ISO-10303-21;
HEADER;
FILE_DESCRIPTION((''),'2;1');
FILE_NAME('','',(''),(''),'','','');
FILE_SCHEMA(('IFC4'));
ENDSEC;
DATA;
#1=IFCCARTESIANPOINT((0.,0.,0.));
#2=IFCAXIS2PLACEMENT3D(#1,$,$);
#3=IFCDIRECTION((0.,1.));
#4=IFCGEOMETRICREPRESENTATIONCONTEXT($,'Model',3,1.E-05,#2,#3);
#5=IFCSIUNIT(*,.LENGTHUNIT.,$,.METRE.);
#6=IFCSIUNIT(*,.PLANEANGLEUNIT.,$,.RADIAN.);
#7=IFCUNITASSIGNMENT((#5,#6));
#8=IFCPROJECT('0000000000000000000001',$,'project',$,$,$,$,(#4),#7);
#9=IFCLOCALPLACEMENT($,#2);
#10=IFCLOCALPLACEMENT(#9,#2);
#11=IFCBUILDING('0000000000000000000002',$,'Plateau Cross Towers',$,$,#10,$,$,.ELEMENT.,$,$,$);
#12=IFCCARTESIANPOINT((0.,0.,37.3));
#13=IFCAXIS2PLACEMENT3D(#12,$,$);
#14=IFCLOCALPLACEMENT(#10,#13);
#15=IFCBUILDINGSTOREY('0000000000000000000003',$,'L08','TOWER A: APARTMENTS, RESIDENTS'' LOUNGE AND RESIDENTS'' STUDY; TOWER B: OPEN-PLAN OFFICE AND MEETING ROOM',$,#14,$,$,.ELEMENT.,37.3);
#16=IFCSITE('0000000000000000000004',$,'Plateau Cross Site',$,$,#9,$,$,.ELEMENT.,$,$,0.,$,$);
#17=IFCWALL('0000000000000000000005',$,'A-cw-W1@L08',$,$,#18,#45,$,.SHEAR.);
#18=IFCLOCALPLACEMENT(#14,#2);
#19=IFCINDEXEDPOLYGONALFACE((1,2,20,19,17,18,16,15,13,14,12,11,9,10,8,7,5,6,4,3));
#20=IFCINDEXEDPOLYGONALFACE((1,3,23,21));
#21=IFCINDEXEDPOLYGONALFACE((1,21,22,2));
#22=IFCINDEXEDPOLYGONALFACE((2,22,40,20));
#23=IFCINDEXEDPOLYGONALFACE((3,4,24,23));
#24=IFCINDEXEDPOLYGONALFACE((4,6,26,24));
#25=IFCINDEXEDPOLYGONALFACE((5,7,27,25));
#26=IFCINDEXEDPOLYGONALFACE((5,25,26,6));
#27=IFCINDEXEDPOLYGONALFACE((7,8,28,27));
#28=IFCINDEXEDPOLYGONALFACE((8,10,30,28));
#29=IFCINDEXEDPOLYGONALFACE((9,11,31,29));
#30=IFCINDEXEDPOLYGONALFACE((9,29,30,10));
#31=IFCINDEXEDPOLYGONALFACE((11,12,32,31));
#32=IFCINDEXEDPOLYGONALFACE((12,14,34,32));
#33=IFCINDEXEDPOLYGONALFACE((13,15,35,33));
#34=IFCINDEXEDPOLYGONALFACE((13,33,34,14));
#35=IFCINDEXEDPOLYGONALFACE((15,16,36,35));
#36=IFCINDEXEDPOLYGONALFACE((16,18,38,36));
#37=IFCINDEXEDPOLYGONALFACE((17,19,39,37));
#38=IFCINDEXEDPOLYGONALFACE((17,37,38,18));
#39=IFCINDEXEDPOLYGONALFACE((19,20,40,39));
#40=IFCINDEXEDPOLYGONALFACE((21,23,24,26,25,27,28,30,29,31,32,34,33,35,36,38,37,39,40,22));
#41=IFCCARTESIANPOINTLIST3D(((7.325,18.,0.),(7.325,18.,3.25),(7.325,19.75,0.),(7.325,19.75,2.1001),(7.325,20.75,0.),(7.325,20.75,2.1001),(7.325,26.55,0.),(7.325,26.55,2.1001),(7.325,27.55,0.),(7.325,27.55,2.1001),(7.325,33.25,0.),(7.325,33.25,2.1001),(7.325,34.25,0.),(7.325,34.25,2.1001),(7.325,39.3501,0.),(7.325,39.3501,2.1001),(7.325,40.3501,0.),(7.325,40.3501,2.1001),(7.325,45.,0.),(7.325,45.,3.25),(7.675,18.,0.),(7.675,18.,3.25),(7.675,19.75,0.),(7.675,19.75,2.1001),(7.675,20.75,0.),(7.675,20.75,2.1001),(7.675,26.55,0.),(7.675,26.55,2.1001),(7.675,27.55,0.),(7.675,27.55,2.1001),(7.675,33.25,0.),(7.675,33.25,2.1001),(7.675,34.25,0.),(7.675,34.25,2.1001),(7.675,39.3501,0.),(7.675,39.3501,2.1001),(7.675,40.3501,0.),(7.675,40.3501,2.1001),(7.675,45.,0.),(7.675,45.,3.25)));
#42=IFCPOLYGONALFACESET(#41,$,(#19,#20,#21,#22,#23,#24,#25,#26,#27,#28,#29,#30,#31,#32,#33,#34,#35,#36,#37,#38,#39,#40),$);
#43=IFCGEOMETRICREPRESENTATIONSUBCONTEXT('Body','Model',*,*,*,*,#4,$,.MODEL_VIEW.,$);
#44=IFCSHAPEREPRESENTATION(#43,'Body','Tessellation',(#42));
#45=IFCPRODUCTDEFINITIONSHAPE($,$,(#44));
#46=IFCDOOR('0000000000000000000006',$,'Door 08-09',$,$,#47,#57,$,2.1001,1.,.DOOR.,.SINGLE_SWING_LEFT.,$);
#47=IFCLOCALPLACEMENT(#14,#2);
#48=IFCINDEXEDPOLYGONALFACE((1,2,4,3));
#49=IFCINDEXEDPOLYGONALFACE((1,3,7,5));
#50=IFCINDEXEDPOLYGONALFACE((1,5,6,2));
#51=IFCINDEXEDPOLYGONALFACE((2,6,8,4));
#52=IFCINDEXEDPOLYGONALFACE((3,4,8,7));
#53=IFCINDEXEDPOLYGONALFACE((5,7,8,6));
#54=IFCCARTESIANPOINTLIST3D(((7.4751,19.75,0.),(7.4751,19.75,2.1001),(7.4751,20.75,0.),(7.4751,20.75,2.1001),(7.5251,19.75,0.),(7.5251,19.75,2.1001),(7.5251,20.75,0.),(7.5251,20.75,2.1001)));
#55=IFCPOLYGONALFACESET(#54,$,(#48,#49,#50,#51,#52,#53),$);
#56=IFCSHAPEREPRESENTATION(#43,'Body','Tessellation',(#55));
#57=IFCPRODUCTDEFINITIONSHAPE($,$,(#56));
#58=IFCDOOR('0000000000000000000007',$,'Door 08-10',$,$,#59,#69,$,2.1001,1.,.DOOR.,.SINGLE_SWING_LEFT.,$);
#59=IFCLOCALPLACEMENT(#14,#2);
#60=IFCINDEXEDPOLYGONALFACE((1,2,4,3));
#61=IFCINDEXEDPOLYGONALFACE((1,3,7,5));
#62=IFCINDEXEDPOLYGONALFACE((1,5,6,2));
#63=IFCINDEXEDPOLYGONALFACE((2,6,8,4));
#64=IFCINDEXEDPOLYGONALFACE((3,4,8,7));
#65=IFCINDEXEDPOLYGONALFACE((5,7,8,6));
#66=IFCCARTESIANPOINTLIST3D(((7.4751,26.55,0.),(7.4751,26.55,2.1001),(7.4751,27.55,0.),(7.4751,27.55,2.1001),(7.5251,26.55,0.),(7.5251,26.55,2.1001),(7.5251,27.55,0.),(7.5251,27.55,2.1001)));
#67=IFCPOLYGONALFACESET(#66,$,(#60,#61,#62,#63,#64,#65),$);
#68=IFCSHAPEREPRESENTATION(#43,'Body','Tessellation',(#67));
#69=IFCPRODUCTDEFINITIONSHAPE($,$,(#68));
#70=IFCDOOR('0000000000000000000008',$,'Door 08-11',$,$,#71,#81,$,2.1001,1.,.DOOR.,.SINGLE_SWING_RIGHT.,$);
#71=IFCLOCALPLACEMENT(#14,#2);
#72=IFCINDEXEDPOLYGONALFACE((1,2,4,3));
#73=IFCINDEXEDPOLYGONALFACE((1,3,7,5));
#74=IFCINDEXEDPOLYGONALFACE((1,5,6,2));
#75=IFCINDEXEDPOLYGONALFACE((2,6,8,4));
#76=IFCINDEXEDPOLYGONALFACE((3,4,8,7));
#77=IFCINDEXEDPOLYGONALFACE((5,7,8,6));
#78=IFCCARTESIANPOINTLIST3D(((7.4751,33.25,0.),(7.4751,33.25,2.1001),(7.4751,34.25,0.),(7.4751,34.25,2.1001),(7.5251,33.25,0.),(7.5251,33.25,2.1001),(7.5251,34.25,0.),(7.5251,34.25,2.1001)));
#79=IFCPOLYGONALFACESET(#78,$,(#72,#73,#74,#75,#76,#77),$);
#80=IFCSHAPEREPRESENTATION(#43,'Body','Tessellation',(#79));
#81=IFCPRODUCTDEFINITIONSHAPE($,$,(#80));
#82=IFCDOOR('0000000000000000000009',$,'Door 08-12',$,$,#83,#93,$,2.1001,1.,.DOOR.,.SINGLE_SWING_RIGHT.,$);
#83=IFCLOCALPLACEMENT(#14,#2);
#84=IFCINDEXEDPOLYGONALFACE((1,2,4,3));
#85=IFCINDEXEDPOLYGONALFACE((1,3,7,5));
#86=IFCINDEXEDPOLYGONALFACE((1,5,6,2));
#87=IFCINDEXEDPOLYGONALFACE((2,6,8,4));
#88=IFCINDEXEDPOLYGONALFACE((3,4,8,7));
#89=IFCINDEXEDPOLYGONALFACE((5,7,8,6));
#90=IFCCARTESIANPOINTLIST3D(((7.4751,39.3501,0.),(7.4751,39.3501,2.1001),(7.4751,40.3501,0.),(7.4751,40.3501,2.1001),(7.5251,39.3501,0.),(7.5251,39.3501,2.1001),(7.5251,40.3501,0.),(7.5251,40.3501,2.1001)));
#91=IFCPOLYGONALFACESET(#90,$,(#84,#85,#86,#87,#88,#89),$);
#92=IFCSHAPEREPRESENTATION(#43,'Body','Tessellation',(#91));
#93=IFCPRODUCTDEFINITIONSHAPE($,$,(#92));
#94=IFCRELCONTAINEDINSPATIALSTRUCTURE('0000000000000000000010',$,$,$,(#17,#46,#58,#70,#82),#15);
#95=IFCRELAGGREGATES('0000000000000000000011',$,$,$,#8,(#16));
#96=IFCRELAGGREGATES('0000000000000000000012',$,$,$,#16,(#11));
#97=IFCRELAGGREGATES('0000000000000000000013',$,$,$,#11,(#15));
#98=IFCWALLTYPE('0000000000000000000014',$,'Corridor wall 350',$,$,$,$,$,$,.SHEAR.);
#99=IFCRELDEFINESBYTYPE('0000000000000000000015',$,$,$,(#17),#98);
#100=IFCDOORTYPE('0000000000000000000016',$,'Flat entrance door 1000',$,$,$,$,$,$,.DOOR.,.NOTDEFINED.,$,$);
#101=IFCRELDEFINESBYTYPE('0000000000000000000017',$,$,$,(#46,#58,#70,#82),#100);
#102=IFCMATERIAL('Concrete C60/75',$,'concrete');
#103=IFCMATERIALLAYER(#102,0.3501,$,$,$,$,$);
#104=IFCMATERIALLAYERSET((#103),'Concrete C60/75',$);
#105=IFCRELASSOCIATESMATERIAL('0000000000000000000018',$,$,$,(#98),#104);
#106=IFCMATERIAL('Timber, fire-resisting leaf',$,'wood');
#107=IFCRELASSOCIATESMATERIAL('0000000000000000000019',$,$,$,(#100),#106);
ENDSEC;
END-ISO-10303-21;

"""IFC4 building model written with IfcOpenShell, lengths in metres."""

from ifc_helpers import new_model, si_unit, direction, frame, frame_2d, origin, place, context, subcontext, project, spatial, rectangle, extrude, material, layer, layer_set, type_object, element, fill, save


model = new_model("IFC4")

# Units and contexts
model_context = context("Model", 3, precision=1e-05, world=origin(), true_north=direction((0.0, 1.0)))
body_context = subcontext(model_context, "Body", "Model", "MODEL_VIEW")
ifc_project = project(units=[si_unit("LENGTHUNIT", "METRE"), si_unit("PLANEANGLEUNIT", "RADIAN")], contexts=[model_context])

# Site, building, storey
site_placement = place(None, origin())
site = spatial("IfcSite", under=ifc_project, at=site_placement, Name="Plateau Cross Site", CompositionType="ELEMENT", RefElevation=0.0)
building_placement = place(site_placement, origin())
building = spatial("IfcBuilding", under=site, at=building_placement, Name="Plateau Cross Towers", CompositionType="ELEMENT")
storey_placement = place(building_placement, frame((0.0, 0.0, 37.3)))
storey = spatial("IfcBuildingStorey", under=building, at=storey_placement, Name="L08", Description="TOWER A: APARTMENTS, RESIDENTS' LOUNGE AND RESIDENTS' STUDY; TOWER B: OPEN-PLAN OFFICE AND MEETING ROOM", CompositionType="ELEMENT", Elevation=37.3)

# Shared definitions
ifc_material_1 = material(Name="Concrete C60/75", Category="concrete")

# Shared definitions
ifc_material_2 = material(Name="Timber, fire-resisting leaf", Category="wood")

# Wall, openings, doors
ifc_layer_1 = layer(ifc_material_1, 0.3501)
ifc_layer_set_1 = layer_set([ifc_layer_1], Name="Concrete C60/75")
wall_type_1 = type_object("IfcWallType", Name="Corridor wall 350", PredefinedType="SHEAR", material=ifc_layer_set_1)
wall_1_placement = place(storey_placement, frame((7.5, 18.0, 0.0), z_axis=(0.0, 0.0, 1.0), x_axis=(0.0, 1.0, 0.0)))
wall_1 = element("IfcWall", 1, at=wall_1_placement, inside=storey, type_object=wall_type_1, Name="A-cw-W1@L08", PredefinedType="SHEAR", context=body_context, shape_type="SweptSolid", body=[
    extrude(rectangle(XDim=27.0, YDim=0.3501, at=frame_2d((13.5, 0.0))), origin(), (0.0, 0.0, 1.0), 3.25),
])
opening_1_placement = place(wall_1_placement, frame((1.75, 0.0, 0.0)))
opening_1 = element("IfcOpeningElement", 2, at=opening_1_placement, cuts=wall_1, PredefinedType="OPENING", context=body_context, shape_type="SweptSolid", body=[
    extrude(rectangle(XDim=1.0, YDim=2.1001, at=frame_2d((0.5, 1.05))), frame((0.0, 0.1851, 0.0), z_axis=(0.0, -1.0, 0.0), x_axis=(1.0, 0.0, 0.0)), (0.0, 0.0, 1.0), 0.3701),
])
opening_2_placement = place(wall_1_placement, frame((8.55, 0.0, 0.0)))
opening_2 = element("IfcOpeningElement", 3, at=opening_2_placement, cuts=wall_1, PredefinedType="OPENING", context=body_context, shape_type="SweptSolid", body=[
    extrude(rectangle(XDim=1.0, YDim=2.1001, at=frame_2d((0.5, 1.05))), frame((0.0, 0.1851, 0.0), z_axis=(0.0, -1.0, 0.0), x_axis=(1.0, 0.0, 0.0)), (0.0, 0.0, 1.0), 0.3701),
])
opening_3_placement = place(wall_1_placement, frame((15.25, 0.0, 0.0)))
opening_3 = element("IfcOpeningElement", 4, at=opening_3_placement, cuts=wall_1, PredefinedType="OPENING", context=body_context, shape_type="SweptSolid", body=[
    extrude(rectangle(XDim=1.0, YDim=2.1001, at=frame_2d((0.5, 1.05))), frame((0.0, 0.1851, 0.0), z_axis=(0.0, -1.0, 0.0), x_axis=(1.0, 0.0, 0.0)), (0.0, 0.0, 1.0), 0.3701),
])
opening_4_placement = place(wall_1_placement, frame((21.3501, 0.0, 0.0)))
opening_4 = element("IfcOpeningElement", 5, at=opening_4_placement, cuts=wall_1, PredefinedType="OPENING", context=body_context, shape_type="SweptSolid", body=[
    extrude(rectangle(XDim=1.0, YDim=2.1001, at=frame_2d((0.5, 1.05))), frame((0.0, 0.1851, 0.0), z_axis=(0.0, -1.0, 0.0), x_axis=(1.0, 0.0, 0.0)), (0.0, 0.0, 1.0), 0.3701),
])
door_type_1 = type_object("IfcDoorType", Name="Flat entrance door 1000", OperationType="NOTDEFINED", PredefinedType="DOOR", material=ifc_material_2)
door_1_placement = place(opening_1_placement, origin())
door_1 = element("IfcDoor", 6, at=door_1_placement, inside=storey, type_object=door_type_1, Name="Door 08-09", OperationType="SINGLE_SWING_LEFT", OverallHeight=2.1001, OverallWidth=1.0, PredefinedType="DOOR", context=body_context, shape_type="SweptSolid", body=[
    extrude(rectangle(XDim=1.0, YDim=2.1001, at=frame_2d((0.5, 1.05))), frame((0.0, 0.0249, 0.0), z_axis=(0.0, -1.0, 0.0), x_axis=(1.0, 0.0, 0.0)), (0.0, 0.0, 1.0), 0.05),
])
fill(opening_1, door_1)
door_2_placement = place(opening_2_placement, origin())
door_2 = element("IfcDoor", 7, at=door_2_placement, inside=storey, type_object=door_type_1, Name="Door 08-10", OperationType="SINGLE_SWING_LEFT", OverallHeight=2.1001, OverallWidth=1.0, PredefinedType="DOOR", context=body_context, shape_type="SweptSolid", body=[
    extrude(rectangle(XDim=1.0, YDim=2.1001, at=frame_2d((0.5, 1.05))), frame((0.0, 0.0249, 0.0), z_axis=(0.0, -1.0, 0.0), x_axis=(1.0, 0.0, 0.0)), (0.0, 0.0, 1.0), 0.05),
])
fill(opening_2, door_2)
door_3_placement = place(opening_3_placement, origin())
door_3 = element("IfcDoor", 8, at=door_3_placement, inside=storey, type_object=door_type_1, Name="Door 08-11", OperationType="SINGLE_SWING_RIGHT", OverallHeight=2.1001, OverallWidth=1.0, PredefinedType="DOOR", context=body_context, shape_type="SweptSolid", body=[
    extrude(rectangle(XDim=1.0, YDim=2.1001, at=frame_2d((0.5, 1.05))), frame((0.0, 0.0249, 0.0), z_axis=(0.0, -1.0, 0.0), x_axis=(1.0, 0.0, 0.0)), (0.0, 0.0, 1.0), 0.05),
])
fill(opening_3, door_3)
door_4_placement = place(opening_4_placement, origin())
door_4 = element("IfcDoor", 9, at=door_4_placement, inside=storey, type_object=door_type_1, Name="Door 08-12", OperationType="SINGLE_SWING_RIGHT", OverallHeight=2.1001, OverallWidth=1.0, PredefinedType="DOOR", context=body_context, shape_type="SweptSolid", body=[
    extrude(rectangle(XDim=1.0, YDim=2.1001, at=frame_2d((0.5, 1.05))), frame((0.0, 0.0249, 0.0), z_axis=(0.0, -1.0, 0.0), x_axis=(1.0, 0.0, 0.0)), (0.0, 0.0, 1.0), 0.05),
])
fill(opening_4, door_4)

save(model, "model.ifc")
